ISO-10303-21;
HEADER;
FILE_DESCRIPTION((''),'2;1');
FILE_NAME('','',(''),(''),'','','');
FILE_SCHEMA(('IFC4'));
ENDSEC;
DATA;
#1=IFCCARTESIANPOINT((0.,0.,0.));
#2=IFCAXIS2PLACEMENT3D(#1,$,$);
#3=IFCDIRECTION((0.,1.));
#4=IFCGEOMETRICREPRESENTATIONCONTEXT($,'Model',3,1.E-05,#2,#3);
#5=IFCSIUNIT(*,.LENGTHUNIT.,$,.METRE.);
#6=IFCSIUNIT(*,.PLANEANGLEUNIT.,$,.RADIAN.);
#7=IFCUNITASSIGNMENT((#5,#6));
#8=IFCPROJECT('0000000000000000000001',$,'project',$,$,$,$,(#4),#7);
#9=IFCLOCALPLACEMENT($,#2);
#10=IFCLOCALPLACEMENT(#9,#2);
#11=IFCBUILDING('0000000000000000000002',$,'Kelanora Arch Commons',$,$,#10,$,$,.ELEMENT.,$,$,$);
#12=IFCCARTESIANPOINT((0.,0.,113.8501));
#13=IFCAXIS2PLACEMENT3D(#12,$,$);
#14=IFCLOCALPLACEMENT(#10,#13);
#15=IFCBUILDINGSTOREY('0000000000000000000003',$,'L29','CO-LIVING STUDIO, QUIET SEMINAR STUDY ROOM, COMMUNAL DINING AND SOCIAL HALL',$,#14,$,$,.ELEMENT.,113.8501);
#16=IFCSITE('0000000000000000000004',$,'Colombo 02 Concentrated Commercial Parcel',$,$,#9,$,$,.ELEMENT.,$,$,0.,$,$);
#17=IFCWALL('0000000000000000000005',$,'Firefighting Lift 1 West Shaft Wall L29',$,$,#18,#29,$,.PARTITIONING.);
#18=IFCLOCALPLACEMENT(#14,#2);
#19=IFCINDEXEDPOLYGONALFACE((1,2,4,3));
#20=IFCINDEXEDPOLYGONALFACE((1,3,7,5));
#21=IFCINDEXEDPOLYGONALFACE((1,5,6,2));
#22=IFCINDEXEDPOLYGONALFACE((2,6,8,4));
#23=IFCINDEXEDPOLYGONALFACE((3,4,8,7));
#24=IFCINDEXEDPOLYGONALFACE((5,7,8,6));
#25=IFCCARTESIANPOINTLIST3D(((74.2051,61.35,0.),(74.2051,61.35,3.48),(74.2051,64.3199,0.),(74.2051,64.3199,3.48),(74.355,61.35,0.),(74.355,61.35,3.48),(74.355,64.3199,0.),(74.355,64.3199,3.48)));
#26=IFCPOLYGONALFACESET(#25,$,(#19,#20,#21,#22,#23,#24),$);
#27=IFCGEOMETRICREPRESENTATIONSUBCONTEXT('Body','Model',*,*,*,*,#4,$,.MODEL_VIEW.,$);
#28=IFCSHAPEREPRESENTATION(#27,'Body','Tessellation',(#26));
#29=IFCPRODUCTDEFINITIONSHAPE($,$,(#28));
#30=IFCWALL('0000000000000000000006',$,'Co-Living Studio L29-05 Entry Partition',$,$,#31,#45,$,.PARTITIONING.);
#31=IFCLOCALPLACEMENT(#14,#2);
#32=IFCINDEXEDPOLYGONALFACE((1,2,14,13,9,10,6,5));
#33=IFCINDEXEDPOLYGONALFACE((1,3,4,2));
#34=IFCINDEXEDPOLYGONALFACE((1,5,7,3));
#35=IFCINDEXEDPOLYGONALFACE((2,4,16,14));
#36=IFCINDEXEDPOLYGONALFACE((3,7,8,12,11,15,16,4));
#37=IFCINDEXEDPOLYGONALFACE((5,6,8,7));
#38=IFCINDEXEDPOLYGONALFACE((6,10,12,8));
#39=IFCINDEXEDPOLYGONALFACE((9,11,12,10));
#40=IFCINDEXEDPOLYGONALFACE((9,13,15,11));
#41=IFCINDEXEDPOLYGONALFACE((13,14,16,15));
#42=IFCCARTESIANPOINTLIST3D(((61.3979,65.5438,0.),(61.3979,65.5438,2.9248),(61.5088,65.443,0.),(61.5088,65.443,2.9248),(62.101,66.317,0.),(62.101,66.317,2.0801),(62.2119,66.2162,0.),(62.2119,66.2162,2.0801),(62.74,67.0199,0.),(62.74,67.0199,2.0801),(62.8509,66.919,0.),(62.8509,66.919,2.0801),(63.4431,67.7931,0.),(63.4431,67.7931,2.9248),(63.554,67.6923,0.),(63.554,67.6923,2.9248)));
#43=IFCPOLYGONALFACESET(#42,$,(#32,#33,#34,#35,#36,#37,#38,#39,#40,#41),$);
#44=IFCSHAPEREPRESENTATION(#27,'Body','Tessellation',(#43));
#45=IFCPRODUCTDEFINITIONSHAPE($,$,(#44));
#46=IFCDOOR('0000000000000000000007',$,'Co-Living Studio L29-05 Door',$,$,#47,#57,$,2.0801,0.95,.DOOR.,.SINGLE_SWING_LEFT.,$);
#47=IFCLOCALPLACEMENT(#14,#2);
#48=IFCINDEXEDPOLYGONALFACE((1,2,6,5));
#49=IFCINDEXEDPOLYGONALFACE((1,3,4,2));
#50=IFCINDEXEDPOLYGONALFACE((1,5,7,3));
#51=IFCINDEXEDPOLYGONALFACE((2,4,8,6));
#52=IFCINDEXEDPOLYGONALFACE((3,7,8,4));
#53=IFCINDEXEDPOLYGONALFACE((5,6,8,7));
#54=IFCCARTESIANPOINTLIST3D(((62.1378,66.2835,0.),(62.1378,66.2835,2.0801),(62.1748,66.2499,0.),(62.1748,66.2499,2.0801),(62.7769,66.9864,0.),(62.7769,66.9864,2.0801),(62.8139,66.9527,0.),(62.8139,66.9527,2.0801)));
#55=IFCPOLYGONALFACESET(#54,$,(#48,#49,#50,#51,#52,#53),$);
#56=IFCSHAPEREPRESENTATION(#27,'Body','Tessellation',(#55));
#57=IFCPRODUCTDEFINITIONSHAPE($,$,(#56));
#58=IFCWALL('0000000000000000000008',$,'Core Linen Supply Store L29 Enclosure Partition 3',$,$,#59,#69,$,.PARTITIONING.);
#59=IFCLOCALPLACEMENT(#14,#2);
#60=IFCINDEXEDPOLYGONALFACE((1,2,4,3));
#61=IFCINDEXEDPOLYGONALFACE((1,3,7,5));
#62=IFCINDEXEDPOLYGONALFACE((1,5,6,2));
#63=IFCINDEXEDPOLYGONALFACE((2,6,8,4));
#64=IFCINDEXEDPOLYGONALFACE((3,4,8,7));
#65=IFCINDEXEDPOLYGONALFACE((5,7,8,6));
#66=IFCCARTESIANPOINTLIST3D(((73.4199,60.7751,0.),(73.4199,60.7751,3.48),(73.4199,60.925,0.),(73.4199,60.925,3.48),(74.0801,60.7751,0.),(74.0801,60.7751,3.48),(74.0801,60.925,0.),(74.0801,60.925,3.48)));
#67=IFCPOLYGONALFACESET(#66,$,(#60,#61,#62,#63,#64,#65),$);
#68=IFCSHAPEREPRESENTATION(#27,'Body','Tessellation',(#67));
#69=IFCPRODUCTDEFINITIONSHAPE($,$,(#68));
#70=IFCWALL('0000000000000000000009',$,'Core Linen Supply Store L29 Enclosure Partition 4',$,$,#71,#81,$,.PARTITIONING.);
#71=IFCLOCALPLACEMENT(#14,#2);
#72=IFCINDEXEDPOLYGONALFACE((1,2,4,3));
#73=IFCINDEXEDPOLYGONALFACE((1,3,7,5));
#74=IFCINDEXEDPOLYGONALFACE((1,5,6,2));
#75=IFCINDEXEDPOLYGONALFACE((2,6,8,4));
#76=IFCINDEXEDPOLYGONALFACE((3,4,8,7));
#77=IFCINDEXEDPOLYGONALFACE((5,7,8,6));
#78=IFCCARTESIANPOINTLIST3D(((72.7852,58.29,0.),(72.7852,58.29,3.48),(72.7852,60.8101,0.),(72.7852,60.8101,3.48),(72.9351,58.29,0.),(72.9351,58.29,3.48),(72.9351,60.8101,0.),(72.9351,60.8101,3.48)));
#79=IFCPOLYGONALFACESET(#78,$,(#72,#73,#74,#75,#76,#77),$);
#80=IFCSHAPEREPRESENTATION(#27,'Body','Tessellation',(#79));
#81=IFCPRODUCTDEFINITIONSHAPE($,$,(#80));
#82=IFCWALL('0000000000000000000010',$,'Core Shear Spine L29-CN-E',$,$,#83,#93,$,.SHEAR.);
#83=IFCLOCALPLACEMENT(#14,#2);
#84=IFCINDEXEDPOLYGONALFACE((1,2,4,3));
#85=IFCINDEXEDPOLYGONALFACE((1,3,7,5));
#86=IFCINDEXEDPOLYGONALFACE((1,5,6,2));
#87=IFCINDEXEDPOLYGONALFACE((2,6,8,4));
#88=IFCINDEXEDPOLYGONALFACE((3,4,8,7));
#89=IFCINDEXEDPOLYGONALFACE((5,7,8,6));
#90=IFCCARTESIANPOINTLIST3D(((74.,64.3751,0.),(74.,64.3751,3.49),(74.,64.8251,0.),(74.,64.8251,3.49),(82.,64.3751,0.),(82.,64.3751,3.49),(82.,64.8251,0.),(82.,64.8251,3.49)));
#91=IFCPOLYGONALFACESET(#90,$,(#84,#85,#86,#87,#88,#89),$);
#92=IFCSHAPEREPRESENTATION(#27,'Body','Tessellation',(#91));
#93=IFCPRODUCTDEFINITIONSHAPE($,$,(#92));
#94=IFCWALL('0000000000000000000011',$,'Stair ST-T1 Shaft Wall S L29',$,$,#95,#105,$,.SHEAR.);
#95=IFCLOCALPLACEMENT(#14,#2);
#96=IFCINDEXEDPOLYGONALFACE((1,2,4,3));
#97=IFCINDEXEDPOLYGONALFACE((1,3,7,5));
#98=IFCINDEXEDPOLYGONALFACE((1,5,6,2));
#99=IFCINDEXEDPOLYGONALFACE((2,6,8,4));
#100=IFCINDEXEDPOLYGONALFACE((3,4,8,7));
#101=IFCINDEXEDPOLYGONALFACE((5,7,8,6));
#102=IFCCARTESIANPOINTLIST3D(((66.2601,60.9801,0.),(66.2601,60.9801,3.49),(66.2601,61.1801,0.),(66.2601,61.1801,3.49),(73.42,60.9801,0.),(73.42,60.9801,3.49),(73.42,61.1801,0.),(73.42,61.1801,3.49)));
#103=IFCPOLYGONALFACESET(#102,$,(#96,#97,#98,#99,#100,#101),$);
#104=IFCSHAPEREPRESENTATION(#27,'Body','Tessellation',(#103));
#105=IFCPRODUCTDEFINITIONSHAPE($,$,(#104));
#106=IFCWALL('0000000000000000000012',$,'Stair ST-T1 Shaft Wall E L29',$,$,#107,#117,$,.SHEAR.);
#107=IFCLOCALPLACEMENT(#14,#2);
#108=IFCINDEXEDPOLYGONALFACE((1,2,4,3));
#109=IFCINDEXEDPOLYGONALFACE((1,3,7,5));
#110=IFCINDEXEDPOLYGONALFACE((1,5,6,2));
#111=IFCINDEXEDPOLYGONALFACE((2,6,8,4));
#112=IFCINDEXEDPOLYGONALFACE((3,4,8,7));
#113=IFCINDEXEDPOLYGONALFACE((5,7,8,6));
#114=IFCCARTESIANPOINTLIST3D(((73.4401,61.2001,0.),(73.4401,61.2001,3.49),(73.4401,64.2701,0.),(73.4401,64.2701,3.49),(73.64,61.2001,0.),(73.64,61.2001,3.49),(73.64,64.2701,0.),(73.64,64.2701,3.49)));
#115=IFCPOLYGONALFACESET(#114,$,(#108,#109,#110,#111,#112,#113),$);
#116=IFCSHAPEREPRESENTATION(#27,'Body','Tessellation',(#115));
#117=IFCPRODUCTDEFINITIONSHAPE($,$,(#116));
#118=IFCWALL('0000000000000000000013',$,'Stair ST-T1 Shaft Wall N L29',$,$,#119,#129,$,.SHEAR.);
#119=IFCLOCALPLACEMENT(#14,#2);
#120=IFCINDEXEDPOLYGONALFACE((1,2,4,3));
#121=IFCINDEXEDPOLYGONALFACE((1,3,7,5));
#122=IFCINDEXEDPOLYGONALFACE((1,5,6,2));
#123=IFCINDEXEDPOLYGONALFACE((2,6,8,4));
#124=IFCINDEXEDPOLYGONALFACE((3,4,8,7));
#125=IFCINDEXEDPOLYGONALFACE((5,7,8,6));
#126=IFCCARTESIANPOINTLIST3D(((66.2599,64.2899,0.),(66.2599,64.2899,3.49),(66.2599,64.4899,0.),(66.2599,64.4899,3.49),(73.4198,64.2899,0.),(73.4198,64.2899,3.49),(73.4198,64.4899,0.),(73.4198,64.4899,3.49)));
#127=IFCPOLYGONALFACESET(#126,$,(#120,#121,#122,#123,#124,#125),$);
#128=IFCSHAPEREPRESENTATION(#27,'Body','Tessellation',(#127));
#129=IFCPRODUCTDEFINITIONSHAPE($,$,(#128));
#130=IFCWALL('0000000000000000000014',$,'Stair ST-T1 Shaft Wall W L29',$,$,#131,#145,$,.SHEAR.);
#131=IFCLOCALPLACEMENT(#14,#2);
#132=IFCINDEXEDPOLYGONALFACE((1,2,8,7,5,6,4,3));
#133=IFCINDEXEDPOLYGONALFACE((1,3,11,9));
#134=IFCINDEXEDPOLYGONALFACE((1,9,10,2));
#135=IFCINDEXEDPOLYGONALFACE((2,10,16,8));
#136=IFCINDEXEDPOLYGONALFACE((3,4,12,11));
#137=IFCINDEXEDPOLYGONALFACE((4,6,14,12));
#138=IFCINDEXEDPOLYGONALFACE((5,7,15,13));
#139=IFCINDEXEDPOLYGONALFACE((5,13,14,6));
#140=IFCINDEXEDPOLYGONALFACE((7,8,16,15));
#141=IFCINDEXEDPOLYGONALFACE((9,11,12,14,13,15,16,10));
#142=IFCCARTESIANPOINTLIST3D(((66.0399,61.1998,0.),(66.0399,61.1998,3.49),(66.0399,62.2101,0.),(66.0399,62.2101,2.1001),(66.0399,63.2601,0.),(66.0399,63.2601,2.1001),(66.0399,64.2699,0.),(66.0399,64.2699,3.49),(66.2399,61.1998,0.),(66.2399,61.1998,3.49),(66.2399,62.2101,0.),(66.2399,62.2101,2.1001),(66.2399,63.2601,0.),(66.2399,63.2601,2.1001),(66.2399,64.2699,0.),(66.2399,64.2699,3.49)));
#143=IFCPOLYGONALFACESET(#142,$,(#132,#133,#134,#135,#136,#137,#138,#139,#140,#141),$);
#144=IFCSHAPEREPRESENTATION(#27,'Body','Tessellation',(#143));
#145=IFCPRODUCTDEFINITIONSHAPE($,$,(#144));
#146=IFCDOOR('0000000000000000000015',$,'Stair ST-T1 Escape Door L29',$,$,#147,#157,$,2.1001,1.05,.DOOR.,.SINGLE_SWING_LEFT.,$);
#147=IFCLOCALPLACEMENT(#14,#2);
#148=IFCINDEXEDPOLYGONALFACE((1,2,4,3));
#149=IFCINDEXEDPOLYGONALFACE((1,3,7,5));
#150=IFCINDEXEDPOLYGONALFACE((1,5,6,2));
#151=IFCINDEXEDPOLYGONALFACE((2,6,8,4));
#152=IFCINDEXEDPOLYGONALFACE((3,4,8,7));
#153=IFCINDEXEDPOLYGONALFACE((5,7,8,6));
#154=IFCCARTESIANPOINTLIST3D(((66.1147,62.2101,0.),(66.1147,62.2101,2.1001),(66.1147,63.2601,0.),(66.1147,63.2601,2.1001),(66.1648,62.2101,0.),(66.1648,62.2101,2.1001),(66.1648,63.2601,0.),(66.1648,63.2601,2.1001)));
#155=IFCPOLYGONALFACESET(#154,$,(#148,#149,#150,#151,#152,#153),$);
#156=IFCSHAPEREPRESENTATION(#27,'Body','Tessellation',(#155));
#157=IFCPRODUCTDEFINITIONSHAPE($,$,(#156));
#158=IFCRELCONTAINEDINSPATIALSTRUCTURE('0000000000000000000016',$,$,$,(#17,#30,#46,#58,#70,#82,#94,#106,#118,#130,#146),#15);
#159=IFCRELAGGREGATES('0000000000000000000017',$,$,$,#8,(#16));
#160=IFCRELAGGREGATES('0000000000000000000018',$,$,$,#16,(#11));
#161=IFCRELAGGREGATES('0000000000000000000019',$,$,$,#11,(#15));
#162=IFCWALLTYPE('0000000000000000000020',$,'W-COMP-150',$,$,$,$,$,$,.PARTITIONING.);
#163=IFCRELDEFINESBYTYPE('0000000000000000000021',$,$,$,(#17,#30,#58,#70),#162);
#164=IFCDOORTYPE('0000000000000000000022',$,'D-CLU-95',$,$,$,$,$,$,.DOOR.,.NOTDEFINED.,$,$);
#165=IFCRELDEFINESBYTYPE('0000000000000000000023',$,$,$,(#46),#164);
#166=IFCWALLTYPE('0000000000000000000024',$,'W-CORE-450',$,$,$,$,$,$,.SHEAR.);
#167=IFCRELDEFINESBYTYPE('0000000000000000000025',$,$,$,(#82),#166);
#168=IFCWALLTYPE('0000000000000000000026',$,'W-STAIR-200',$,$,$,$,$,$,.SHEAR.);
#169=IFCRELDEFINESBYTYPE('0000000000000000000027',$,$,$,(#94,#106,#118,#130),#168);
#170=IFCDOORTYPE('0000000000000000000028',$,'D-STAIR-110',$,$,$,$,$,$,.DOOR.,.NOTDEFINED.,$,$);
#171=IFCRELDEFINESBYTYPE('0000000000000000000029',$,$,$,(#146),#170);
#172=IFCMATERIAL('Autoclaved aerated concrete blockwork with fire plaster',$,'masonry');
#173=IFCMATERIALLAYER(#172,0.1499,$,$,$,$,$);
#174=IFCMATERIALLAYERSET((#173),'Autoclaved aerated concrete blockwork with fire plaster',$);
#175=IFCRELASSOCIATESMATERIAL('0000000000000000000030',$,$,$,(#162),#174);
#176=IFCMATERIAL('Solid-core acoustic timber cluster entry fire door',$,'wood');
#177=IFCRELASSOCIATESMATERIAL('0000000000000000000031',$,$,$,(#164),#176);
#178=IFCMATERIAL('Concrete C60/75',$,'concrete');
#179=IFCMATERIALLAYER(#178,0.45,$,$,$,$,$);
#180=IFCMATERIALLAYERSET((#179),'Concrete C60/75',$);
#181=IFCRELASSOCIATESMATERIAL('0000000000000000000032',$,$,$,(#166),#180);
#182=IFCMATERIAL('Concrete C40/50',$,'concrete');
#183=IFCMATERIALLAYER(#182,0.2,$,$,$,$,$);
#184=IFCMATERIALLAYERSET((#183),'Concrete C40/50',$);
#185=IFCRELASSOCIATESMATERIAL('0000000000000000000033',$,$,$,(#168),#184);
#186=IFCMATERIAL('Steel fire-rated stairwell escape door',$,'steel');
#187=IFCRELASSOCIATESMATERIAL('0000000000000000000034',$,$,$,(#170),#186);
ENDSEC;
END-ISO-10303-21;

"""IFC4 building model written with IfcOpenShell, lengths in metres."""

from ifc_helpers import new_model, si_unit, direction, frame, frame_2d, origin, place, context, subcontext, project, spatial, rectangle, extrude, material, layer, layer_set, type_object, element, fill, save


model = new_model("IFC4")

# Units and contexts
model_context = context("Model", 3, precision=1e-05, world=origin(), true_north=direction((0.0, 1.0)))
body_context = subcontext(model_context, "Body", "Model", "MODEL_VIEW")
ifc_project = project(units=[si_unit("LENGTHUNIT", "METRE"), si_unit("PLANEANGLEUNIT", "RADIAN")], contexts=[model_context])

# Site, building, storey
site_placement = place(None, origin())
site = spatial("IfcSite", under=ifc_project, at=site_placement, Name="Colombo 02 Concentrated Commercial Parcel", CompositionType="ELEMENT", RefElevation=0.0)
building_placement = place(site_placement, origin())
building = spatial("IfcBuilding", under=site, at=building_placement, Name="Kelanora Arch Commons", CompositionType="ELEMENT")
storey_placement = place(building_placement, frame((0.0, 0.0, 113.8501)))
storey = spatial("IfcBuildingStorey", under=building, at=storey_placement, Name="L29", Description="CO-LIVING STUDIO, QUIET SEMINAR STUDY ROOM, COMMUNAL DINING AND SOCIAL HALL", CompositionType="ELEMENT", Elevation=113.8501)

# Shared definitions
ifc_material_1 = material(Name="Concrete C60/75", Category="concrete")

# Wall
ifc_material_2 = material(Name="Autoclaved aerated concrete blockwork with fire plaster", Category="masonry")
ifc_layer_1 = layer(ifc_material_2, 0.1499)
ifc_layer_set_1 = layer_set([ifc_layer_1], Name="Autoclaved aerated concrete blockwork with fire plaster")
wall_type_1 = type_object("IfcWallType", Name="W-COMP-150", PredefinedType="PARTITIONING", material=ifc_layer_set_1)
wall_1_placement = place(storey_placement, frame((74.28, 61.3501, 0.0), z_axis=(0.0, 0.0, 1.0), x_axis=(0.0, 1.0, 0.0)))
element("IfcWall", 1, at=wall_1_placement, inside=storey, type_object=wall_type_1, Name="Firefighting Lift 1 West Shaft Wall L29", PredefinedType="PARTITIONING", context=body_context, shape_type="SweptSolid", body=[
    extrude(rectangle(XDim=2.97, YDim=0.1499, at=frame_2d((1.4849, 0.0))), origin(), (0.0, 0.0, 1.0), 3.48),
])

# Wall, opening, door
wall_2_placement = place(storey_placement, frame((63.4985, 67.7427, 0.0), z_axis=(0.0, 0.0, 1.0), x_axis=(-0.672741, -0.739878, 0.0)))
wall_2 = element("IfcWall", 2, at=wall_2_placement, inside=storey, type_object=wall_type_1, Name="Co-Living Studio L29-05 Entry Partition", PredefinedType="PARTITIONING", context=body_context, shape_type="SweptSolid", body=[
    extrude(rectangle(XDim=3.04, YDim=0.1499, at=frame_2d((1.52, 0.0))), origin(), (0.0, 0.0, 1.0), 2.9248),
])
opening_1_placement = place(wall_2_placement, frame((1.0449, 0.0, 0.0)))
opening_1 = element("IfcOpeningElement", 3, at=opening_1_placement, cuts=wall_2, PredefinedType="OPENING", context=body_context, shape_type="SweptSolid", body=[
    extrude(rectangle(XDim=0.95, YDim=2.0801, at=frame_2d((0.4751, 1.04))), frame((0.0, 0.085, 0.0), z_axis=(0.0, -1.0, 0.0), x_axis=(1.0, 0.0, 0.0)), (0.0, 0.0, 1.0), 0.1699),
])
ifc_material_3 = material(Name="Solid-core acoustic timber cluster entry fire door", Category="wood")
door_type_1 = type_object("IfcDoorType", Name="D-CLU-95", OperationType="NOTDEFINED", PredefinedType="DOOR", material=ifc_material_3)
door_1_placement = place(opening_1_placement, origin())
door_1 = element("IfcDoor", 4, at=door_1_placement, inside=storey, type_object=door_type_1, Name="Co-Living Studio L29-05 Door", OperationType="SINGLE_SWING_LEFT", OverallHeight=2.0801, OverallWidth=0.95, PredefinedType="DOOR", context=body_context, shape_type="SweptSolid", body=[
    extrude(rectangle(XDim=0.95, YDim=2.0801, at=frame_2d((0.4751, 1.04))), frame((0.0, 0.0249, 0.0), z_axis=(0.0, -1.0, 0.0), x_axis=(1.0, 0.0, 0.0)), (0.0, 0.0, 1.0), 0.05),
])
fill(opening_1, door_1)

# Walls
wall_3_placement = place(storey_placement, frame((74.0801, 60.8501, 0.0), z_axis=(0.0, 0.0, 1.0), x_axis=(-1.0, 0.0, 0.0)))
element("IfcWall", 5, at=wall_3_placement, inside=storey, type_object=wall_type_1, Name="Core Linen Supply Store L29 Enclosure Partition 3", PredefinedType="PARTITIONING", context=body_context, shape_type="SweptSolid", body=[
    extrude(rectangle(XDim=0.6602, YDim=0.1499, at=frame_2d((0.3301, 0.0))), origin(), (0.0, 0.0, 1.0), 3.48),
])
wall_4_placement = place(storey_placement, frame((72.8601, 60.8101, 0.0), z_axis=(0.0, 0.0, 1.0), x_axis=(0.0, -1.0, 0.0)))
element("IfcWall", 6, at=wall_4_placement, inside=storey, type_object=wall_type_1, Name="Core Linen Supply Store L29 Enclosure Partition 4", PredefinedType="PARTITIONING", context=body_context, shape_type="SweptSolid", body=[
    extrude(rectangle(XDim=2.52, YDim=0.1499, at=frame_2d((1.26, 0.0))), origin(), (0.0, 0.0, 1.0), 3.48),
])
ifc_layer_2 = layer(ifc_material_1, 0.45)
ifc_layer_set_2 = layer_set([ifc_layer_2], Name="Concrete C60/75")
wall_type_2 = type_object("IfcWallType", Name="W-CORE-450", PredefinedType="SHEAR", material=ifc_layer_set_2)
wall_5_placement = place(storey_placement, frame((74.0, 64.6001, 0.0), z_axis=(0.0, 0.0, 1.0), x_axis=(1.0, 0.0, 0.0)))
element("IfcWall", 7, at=wall_5_placement, inside=storey, type_object=wall_type_2, Name="Core Shear Spine L29-CN-E", PredefinedType="SHEAR", context=body_context, shape_type="SweptSolid", body=[
    extrude(rectangle(XDim=8.0, YDim=0.45, at=frame_2d((4.0, 0.0))), origin(), (0.0, 0.0, 1.0), 3.49),
])

# Shared definitions
ifc_material_4 = material(Name="Concrete C40/50", Category="concrete")

# Walls
ifc_layer_3 = layer(ifc_material_4, 0.2)
ifc_layer_set_3 = layer_set([ifc_layer_3], Name="Concrete C40/50")
wall_type_3 = type_object("IfcWallType", Name="W-STAIR-200", PredefinedType="SHEAR", material=ifc_layer_set_3)
wall_6_placement = place(storey_placement, frame((66.26, 61.0801, 0.0), z_axis=(0.0, 0.0, 1.0), x_axis=(1.0, 0.0, 0.0)))
element("IfcWall", 8, at=wall_6_placement, inside=storey, type_object=wall_type_3, Name="Stair ST-T1 Shaft Wall S L29", PredefinedType="SHEAR", context=body_context, shape_type="SweptSolid", body=[
    extrude(rectangle(XDim=7.1599, YDim=0.2, at=frame_2d((3.5801, 0.0))), origin(), (0.0, 0.0, 1.0), 3.49),
])
wall_7_placement = place(storey_placement, frame((73.54, 61.2, 0.0), z_axis=(0.0, 0.0, 1.0), x_axis=(0.0, 1.0, 0.0)))
element("IfcWall", 9, at=wall_7_placement, inside=storey, type_object=wall_type_3, Name="Stair ST-T1 Shaft Wall E L29", PredefinedType="SHEAR", context=body_context, shape_type="SweptSolid", body=[
    extrude(rectangle(XDim=3.0701, YDim=0.2, at=frame_2d((1.5352, 0.0))), origin(), (0.0, 0.0, 1.0), 3.49),
])
wall_8_placement = place(storey_placement, frame((73.4199, 64.3899, 0.0), z_axis=(0.0, 0.0, 1.0), x_axis=(-1.0, 0.0, 0.0)))
element("IfcWall", 10, at=wall_8_placement, inside=storey, type_object=wall_type_3, Name="Stair ST-T1 Shaft Wall N L29", PredefinedType="SHEAR", context=body_context, shape_type="SweptSolid", body=[
    extrude(rectangle(XDim=7.1599, YDim=0.2, at=frame_2d((3.5801, 0.0))), origin(), (0.0, 0.0, 1.0), 3.49),
])

# Wall, opening, door
wall_9_placement = place(storey_placement, frame((66.1399, 64.27, 0.0), z_axis=(0.0, 0.0, 1.0), x_axis=(0.0, -1.0, 0.0)))
wall_9 = element("IfcWall", 11, at=wall_9_placement, inside=storey, type_object=wall_type_3, Name="Stair ST-T1 Shaft Wall W L29", PredefinedType="SHEAR", context=body_context, shape_type="SweptSolid", body=[
    extrude(rectangle(XDim=3.0701, YDim=0.2, at=frame_2d((1.5352, 0.0))), origin(), (0.0, 0.0, 1.0), 3.49),
])
opening_2_placement = place(wall_9_placement, frame((1.01, 0.0, 0.0)))
opening_2 = element("IfcOpeningElement", 12, at=opening_2_placement, cuts=wall_9, PredefinedType="OPENING", context=body_context, shape_type="SweptSolid", body=[
    extrude(rectangle(XDim=1.05, YDim=2.1001, at=frame_2d((0.5249, 1.05))), frame((0.0, 0.1099, 0.0), z_axis=(0.0, -1.0, 0.0), x_axis=(1.0, 0.0, 0.0)), (0.0, 0.0, 1.0), 0.22),
])
ifc_material_5 = material(Name="Steel fire-rated stairwell escape door", Category="steel")
door_type_2 = type_object("IfcDoorType", Name="D-STAIR-110", OperationType="NOTDEFINED", PredefinedType="DOOR", material=ifc_material_5)
door_2_placement = place(opening_2_placement, origin())
door_2 = element("IfcDoor", 13, at=door_2_placement, inside=storey, type_object=door_type_2, Name="Stair ST-T1 Escape Door L29", OperationType="SINGLE_SWING_LEFT", OverallHeight=2.1001, OverallWidth=1.05, PredefinedType="DOOR", context=body_context, shape_type="SweptSolid", body=[
    extrude(rectangle(XDim=1.05, YDim=2.1001, at=frame_2d((0.5249, 1.05))), frame((0.0, 0.0249, 0.0), z_axis=(0.0, -1.0, 0.0), x_axis=(1.0, 0.0, 0.0)), (0.0, 0.0, 1.0), 0.05),
])
fill(opening_2, door_2)

save(model, "model.ifc")
